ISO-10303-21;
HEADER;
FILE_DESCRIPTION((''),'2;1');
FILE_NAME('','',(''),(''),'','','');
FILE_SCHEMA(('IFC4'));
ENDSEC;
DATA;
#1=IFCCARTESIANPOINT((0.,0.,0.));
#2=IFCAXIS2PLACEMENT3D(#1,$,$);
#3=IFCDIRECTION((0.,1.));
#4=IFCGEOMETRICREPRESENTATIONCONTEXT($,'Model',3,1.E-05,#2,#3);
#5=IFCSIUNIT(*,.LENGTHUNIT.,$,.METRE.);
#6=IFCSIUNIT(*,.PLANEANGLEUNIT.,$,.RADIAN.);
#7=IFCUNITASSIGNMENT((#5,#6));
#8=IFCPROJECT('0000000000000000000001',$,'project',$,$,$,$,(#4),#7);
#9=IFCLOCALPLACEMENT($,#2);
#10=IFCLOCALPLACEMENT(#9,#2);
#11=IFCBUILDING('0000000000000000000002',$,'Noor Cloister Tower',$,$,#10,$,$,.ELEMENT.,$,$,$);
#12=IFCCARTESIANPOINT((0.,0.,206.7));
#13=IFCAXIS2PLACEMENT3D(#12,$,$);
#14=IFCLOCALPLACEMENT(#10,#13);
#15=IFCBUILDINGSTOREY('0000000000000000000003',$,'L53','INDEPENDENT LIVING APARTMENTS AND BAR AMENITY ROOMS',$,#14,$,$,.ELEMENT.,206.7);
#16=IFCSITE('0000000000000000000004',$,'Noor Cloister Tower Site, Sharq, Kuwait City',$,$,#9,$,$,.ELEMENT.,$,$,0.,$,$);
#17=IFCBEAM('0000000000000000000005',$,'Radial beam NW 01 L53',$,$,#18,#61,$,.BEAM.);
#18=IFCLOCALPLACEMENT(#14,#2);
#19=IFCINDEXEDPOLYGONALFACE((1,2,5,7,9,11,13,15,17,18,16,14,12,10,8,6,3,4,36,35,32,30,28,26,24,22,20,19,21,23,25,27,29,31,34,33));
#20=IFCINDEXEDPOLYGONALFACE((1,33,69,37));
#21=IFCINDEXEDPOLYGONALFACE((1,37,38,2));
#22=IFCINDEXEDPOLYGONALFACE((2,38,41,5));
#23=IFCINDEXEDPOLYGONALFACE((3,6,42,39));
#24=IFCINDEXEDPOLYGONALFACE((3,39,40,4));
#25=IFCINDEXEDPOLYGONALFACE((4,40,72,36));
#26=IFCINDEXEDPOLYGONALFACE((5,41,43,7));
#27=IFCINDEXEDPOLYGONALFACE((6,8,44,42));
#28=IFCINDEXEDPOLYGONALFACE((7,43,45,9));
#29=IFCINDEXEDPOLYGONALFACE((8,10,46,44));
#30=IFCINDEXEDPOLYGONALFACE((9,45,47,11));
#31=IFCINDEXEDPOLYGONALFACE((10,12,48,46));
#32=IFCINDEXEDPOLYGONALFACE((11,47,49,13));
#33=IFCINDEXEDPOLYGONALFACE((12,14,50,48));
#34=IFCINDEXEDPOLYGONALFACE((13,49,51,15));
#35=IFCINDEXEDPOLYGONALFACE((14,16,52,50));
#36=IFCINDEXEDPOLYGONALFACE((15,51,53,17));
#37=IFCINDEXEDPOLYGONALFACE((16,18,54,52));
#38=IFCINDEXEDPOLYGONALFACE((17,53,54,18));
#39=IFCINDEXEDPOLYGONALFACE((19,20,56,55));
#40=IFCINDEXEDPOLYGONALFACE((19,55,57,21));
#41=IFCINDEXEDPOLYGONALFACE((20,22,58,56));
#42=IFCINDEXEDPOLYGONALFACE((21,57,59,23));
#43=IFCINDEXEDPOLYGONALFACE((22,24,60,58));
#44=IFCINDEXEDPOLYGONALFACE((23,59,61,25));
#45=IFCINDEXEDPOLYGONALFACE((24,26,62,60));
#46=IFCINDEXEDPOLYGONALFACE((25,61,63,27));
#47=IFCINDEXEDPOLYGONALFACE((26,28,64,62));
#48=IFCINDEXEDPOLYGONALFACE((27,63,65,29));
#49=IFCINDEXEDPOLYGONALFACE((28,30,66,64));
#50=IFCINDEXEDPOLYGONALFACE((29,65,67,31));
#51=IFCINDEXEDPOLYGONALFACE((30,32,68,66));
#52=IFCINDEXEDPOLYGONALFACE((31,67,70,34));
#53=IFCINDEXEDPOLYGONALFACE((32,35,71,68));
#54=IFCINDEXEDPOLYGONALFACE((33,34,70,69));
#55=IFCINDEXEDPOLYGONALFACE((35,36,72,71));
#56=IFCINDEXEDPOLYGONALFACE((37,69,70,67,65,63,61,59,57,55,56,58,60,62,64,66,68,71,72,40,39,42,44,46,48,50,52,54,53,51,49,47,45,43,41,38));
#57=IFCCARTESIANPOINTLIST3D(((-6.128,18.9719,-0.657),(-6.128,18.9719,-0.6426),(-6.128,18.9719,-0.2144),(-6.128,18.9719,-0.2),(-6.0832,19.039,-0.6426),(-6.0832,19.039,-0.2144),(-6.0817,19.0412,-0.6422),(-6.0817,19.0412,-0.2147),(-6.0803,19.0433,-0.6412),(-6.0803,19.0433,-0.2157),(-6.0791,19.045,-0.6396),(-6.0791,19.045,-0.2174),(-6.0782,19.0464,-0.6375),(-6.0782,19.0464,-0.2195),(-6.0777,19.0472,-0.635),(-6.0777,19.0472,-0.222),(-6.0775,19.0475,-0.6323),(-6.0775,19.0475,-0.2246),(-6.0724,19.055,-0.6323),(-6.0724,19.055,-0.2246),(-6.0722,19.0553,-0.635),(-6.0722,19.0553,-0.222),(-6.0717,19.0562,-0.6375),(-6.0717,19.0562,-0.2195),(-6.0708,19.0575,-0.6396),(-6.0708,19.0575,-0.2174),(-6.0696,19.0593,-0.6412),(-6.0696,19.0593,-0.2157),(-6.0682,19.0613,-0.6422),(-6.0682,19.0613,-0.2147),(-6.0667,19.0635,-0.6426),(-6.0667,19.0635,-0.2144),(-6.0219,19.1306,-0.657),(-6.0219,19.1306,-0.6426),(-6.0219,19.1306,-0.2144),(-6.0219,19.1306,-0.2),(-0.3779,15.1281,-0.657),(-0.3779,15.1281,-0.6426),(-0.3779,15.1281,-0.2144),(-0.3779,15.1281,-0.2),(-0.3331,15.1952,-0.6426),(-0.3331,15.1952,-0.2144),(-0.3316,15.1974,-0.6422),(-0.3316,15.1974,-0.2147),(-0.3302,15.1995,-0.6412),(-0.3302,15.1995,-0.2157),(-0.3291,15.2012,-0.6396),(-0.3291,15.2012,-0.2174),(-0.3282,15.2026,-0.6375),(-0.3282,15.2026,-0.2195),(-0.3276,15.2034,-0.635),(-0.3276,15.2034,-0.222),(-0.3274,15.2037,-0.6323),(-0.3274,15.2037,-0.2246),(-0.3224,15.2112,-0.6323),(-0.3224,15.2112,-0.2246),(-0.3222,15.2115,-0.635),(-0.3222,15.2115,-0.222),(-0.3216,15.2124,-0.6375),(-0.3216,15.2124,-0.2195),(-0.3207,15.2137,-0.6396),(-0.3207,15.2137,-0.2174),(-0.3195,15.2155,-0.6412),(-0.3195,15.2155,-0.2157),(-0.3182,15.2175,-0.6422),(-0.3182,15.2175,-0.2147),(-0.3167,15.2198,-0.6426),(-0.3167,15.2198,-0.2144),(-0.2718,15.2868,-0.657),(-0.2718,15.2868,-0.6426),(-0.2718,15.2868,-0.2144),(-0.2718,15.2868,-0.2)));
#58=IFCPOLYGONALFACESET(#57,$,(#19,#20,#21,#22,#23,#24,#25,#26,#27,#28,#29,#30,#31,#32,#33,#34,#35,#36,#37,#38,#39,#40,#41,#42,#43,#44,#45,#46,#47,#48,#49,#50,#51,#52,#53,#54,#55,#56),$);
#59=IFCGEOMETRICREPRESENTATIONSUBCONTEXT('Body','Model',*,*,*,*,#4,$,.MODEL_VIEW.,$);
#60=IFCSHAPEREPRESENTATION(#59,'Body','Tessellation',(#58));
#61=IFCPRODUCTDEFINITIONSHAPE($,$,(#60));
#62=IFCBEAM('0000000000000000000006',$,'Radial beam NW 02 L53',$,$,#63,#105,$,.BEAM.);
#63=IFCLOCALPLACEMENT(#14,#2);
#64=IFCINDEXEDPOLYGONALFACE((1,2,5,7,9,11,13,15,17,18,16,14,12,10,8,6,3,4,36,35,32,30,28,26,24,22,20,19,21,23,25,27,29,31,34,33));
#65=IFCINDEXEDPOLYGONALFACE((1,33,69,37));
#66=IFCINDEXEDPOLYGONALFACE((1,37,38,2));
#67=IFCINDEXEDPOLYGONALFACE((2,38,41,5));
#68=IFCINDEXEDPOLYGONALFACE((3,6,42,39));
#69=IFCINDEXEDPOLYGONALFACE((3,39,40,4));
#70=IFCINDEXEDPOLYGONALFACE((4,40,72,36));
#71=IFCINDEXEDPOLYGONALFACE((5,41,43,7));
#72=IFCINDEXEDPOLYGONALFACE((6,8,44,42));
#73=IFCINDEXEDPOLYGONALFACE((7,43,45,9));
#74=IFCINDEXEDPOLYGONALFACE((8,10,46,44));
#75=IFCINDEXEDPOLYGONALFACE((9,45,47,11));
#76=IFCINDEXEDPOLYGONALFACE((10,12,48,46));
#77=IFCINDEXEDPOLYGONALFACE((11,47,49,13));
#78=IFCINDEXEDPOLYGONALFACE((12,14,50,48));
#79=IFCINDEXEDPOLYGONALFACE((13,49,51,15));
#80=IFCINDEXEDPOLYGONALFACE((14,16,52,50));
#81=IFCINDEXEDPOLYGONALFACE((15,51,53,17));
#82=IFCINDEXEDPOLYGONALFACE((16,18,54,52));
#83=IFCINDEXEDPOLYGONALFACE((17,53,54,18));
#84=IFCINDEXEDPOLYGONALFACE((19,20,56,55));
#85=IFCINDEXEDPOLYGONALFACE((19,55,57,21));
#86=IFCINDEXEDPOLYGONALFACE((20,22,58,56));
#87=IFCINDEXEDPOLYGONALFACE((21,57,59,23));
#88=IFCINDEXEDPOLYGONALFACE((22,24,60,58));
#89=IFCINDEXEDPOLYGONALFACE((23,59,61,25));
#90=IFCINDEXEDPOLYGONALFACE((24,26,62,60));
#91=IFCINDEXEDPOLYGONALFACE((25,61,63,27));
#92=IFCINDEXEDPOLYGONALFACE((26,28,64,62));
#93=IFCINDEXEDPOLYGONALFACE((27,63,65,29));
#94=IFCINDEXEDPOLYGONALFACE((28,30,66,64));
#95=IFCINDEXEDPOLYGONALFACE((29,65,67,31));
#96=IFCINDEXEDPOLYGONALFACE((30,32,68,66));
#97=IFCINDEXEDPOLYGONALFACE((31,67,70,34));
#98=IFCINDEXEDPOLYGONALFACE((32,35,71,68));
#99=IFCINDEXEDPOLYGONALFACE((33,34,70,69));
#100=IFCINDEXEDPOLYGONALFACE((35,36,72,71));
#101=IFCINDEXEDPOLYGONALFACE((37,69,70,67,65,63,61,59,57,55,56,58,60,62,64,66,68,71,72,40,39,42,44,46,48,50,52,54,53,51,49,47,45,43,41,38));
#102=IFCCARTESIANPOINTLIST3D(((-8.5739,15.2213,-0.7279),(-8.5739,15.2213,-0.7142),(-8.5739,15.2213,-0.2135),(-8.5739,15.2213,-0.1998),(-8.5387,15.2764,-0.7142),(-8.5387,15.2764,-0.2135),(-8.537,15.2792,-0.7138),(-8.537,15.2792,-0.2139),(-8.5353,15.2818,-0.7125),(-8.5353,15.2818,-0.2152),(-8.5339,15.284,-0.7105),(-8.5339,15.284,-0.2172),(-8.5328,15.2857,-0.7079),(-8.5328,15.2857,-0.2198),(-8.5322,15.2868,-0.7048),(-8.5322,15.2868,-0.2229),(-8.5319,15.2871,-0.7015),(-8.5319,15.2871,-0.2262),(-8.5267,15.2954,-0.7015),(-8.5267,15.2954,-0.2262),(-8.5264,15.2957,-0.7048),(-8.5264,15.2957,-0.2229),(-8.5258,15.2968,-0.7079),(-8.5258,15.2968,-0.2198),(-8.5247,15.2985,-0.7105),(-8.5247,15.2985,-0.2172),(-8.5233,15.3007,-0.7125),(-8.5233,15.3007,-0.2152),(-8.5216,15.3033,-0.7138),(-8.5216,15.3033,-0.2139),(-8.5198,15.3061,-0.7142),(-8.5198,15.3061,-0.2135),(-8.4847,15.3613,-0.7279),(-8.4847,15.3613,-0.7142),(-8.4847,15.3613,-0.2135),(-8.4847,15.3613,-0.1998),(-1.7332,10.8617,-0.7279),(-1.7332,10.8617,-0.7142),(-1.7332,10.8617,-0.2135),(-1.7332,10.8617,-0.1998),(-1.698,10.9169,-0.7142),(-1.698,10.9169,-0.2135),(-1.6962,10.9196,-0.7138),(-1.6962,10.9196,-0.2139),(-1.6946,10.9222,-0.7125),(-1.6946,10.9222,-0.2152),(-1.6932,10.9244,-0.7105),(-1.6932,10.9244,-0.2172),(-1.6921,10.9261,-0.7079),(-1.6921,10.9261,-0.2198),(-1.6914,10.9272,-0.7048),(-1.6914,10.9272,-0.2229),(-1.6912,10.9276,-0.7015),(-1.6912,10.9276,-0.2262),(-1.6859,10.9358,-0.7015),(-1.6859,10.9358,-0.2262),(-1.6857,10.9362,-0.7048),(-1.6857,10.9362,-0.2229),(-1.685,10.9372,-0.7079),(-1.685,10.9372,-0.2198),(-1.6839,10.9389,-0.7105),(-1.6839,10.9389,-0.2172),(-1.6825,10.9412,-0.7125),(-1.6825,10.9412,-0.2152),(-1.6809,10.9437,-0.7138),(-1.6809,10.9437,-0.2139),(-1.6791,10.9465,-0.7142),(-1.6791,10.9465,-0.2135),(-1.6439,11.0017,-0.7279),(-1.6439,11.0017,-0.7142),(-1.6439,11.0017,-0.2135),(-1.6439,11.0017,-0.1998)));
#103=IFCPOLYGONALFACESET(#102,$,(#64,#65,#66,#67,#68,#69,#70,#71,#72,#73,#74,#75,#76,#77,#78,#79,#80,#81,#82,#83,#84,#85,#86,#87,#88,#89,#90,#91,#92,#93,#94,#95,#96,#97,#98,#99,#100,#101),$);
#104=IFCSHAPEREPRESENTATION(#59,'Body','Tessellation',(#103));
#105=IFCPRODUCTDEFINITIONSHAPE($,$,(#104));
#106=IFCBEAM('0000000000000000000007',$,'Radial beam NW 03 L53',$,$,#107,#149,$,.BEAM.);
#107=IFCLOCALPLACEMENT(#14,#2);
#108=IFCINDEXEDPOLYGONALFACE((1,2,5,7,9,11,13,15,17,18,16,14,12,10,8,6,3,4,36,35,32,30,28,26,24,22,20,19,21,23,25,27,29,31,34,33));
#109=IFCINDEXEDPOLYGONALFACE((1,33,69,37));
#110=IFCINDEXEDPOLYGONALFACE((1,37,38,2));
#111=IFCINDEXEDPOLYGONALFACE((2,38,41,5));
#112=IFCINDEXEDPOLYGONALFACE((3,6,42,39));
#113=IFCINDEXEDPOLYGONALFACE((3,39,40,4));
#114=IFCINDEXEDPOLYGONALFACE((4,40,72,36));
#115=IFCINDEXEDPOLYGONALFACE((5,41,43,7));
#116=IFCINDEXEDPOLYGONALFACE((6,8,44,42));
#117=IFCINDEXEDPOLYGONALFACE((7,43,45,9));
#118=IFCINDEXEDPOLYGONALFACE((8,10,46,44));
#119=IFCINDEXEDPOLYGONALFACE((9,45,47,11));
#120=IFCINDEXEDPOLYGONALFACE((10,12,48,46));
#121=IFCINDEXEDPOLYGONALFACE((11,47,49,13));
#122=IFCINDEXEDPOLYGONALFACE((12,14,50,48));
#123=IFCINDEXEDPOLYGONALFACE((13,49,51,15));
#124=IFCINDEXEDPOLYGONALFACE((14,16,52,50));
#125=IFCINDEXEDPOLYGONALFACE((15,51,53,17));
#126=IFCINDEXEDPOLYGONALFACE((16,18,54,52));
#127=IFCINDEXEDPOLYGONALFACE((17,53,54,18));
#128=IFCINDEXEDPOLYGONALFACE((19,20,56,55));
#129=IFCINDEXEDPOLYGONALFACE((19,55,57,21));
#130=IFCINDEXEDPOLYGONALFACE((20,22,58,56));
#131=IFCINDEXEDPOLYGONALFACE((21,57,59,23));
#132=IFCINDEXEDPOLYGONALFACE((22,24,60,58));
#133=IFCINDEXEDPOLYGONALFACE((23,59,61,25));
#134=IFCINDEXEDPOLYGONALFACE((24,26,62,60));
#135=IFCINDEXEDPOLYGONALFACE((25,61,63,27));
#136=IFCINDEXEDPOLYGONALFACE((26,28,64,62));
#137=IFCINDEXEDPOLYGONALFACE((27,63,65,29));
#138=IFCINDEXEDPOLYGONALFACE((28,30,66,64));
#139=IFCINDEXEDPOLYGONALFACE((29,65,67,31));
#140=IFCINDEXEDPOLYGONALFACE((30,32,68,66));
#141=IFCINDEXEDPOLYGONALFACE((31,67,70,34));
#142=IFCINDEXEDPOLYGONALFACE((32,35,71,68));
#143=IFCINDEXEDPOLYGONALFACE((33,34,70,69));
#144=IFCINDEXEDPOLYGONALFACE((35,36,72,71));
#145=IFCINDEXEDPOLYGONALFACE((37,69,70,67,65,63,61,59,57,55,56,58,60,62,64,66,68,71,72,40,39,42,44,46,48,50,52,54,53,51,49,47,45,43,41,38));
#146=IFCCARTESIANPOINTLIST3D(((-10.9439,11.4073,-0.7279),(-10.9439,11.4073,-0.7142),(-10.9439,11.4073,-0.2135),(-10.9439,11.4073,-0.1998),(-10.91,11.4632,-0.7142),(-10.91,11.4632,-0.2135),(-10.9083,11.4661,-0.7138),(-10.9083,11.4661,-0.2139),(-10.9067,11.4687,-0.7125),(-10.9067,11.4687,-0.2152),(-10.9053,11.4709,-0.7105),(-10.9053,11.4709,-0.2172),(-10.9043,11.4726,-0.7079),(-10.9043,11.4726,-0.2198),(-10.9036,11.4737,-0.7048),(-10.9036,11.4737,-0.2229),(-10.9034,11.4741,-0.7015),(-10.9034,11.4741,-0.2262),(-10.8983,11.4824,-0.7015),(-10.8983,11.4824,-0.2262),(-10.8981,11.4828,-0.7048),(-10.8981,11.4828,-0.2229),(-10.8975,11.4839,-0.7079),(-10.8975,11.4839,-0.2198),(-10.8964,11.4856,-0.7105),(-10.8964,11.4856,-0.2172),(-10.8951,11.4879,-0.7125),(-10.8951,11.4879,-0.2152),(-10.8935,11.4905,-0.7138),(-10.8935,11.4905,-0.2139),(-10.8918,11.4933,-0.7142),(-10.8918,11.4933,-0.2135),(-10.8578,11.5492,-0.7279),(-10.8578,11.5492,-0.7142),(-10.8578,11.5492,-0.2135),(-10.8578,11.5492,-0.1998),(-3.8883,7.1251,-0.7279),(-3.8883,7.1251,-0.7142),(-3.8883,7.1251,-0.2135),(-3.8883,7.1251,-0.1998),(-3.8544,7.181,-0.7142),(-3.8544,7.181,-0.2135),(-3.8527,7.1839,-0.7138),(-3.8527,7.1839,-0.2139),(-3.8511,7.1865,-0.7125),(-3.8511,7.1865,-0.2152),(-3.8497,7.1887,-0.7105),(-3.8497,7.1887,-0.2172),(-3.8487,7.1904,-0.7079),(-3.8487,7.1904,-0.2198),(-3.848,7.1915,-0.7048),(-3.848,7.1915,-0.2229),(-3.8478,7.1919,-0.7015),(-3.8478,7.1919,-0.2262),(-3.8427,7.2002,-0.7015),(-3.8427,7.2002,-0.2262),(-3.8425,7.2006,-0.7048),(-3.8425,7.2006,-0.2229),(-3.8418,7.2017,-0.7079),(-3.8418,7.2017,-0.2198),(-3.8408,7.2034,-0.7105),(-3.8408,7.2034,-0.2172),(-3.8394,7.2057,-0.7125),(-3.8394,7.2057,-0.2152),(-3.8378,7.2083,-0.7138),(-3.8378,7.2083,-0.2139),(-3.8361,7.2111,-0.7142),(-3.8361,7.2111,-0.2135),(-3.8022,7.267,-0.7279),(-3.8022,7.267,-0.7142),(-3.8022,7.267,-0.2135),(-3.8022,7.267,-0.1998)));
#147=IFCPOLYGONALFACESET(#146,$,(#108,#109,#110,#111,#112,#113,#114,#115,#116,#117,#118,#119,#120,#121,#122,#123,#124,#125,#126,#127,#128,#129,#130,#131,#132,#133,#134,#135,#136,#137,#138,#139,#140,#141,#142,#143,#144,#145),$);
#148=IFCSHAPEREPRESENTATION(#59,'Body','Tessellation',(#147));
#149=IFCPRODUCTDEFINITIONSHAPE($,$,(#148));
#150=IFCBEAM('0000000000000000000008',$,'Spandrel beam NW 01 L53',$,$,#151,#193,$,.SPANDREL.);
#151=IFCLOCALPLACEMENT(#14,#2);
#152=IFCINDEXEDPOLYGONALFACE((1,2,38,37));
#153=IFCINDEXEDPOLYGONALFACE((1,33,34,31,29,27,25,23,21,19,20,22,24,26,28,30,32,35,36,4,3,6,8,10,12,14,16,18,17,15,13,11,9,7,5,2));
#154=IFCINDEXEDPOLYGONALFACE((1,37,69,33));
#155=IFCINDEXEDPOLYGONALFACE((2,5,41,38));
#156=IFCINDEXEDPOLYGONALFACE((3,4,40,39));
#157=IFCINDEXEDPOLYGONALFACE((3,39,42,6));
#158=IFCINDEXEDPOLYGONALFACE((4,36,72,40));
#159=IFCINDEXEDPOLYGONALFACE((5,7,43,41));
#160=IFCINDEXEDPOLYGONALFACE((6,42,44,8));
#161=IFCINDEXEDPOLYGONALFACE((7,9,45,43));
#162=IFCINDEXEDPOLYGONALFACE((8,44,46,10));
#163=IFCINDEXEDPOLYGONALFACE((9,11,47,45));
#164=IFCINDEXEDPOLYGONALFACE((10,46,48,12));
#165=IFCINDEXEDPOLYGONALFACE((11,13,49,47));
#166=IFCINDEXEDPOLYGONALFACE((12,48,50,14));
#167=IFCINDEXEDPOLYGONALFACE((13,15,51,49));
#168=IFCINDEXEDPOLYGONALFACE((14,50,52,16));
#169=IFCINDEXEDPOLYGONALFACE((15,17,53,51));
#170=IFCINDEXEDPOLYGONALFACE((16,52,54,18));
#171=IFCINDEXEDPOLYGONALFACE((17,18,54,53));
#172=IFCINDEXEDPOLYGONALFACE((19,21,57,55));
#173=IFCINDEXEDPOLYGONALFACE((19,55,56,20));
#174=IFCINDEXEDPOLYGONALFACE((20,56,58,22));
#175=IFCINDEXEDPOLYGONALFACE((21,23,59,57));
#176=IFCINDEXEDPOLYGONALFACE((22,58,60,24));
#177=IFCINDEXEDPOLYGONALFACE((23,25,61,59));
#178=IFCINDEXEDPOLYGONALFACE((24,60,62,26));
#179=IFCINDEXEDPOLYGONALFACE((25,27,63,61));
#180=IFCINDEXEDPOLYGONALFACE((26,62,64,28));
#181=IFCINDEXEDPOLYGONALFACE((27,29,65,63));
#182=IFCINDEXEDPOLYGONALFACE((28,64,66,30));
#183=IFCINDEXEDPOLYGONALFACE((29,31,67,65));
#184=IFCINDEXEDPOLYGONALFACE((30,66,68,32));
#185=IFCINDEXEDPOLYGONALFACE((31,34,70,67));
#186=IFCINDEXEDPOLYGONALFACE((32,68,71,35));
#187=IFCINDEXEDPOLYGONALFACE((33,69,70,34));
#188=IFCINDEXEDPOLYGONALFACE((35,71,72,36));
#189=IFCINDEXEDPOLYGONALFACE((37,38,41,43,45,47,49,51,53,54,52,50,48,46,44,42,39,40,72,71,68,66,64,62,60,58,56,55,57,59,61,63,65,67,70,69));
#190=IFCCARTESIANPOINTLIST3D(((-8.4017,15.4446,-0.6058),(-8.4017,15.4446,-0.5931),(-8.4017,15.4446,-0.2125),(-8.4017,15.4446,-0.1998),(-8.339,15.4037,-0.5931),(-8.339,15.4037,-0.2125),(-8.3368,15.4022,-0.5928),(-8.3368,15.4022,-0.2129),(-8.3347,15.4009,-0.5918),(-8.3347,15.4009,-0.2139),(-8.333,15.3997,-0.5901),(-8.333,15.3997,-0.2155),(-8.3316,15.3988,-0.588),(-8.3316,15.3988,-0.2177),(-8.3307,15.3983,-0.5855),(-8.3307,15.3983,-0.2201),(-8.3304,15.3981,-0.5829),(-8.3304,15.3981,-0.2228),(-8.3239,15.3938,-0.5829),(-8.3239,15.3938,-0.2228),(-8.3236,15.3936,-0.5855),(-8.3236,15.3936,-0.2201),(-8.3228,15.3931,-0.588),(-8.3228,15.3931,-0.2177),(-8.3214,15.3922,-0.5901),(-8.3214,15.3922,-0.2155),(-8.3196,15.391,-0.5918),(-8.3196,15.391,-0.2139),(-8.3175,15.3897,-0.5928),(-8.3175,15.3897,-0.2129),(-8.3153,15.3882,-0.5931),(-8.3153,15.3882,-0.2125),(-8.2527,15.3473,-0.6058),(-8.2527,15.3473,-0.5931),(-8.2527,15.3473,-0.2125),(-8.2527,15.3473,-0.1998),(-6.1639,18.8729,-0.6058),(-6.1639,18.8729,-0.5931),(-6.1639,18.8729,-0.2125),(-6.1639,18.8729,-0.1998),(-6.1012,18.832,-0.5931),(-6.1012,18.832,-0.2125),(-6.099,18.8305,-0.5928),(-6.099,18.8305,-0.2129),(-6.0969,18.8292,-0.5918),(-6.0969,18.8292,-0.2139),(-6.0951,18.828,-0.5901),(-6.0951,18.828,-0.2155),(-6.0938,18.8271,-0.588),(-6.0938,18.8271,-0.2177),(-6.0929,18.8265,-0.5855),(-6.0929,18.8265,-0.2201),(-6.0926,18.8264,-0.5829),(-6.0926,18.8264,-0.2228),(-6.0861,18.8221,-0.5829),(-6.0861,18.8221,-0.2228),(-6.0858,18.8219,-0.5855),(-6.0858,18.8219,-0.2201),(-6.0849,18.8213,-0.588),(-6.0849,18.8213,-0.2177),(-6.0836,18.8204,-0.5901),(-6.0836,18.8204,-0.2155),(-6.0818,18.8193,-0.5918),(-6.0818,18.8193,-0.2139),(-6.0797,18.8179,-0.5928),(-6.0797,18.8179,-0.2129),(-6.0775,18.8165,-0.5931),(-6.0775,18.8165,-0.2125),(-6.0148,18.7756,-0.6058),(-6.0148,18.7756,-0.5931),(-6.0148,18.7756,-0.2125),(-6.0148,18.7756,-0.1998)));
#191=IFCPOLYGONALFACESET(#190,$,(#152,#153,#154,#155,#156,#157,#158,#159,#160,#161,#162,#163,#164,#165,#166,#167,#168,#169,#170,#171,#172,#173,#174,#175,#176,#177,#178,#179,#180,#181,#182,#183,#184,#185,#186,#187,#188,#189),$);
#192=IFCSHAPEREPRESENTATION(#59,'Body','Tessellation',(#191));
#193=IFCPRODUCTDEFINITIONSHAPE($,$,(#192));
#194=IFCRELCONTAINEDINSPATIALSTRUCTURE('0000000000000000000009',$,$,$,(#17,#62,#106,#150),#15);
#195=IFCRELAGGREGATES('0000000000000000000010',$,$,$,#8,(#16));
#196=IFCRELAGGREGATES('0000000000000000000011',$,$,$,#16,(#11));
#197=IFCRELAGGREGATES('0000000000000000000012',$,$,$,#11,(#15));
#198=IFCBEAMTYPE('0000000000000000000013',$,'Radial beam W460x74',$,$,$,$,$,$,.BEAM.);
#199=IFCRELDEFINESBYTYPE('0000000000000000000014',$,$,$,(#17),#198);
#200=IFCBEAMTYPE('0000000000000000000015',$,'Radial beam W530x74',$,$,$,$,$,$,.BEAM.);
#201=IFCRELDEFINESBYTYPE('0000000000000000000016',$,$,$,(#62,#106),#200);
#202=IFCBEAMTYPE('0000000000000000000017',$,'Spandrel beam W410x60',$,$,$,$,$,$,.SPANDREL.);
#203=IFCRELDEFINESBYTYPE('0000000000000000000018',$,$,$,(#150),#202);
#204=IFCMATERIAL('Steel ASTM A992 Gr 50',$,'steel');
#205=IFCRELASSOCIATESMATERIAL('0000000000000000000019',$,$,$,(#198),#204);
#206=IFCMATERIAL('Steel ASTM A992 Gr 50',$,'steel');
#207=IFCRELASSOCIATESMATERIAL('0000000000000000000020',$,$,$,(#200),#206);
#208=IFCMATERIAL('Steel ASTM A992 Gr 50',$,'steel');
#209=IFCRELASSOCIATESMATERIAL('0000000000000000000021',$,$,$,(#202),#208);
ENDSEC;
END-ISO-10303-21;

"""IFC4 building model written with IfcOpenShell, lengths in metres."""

from ifc_helpers import new_model, si_unit, direction, frame, origin, origin_2d, place, context, subcontext, project, spatial, i_section, extrude, material, material_profile, profile_set, type_object, element, save


model = new_model("IFC4")

# Units and contexts
model_context = context("Model", 3, precision=1e-05, world=origin(), true_north=direction((0.0, 1.0)))
body_context = subcontext(model_context, "Body", "Model", "MODEL_VIEW")
ifc_project = project(units=[si_unit("LENGTHUNIT", "METRE"), si_unit("PLANEANGLEUNIT", "RADIAN")], contexts=[model_context])

# Site, building, storey
site_placement = place(None, origin())
site = spatial("IfcSite", under=ifc_project, at=site_placement, Name="Noor Cloister Tower Site, Sharq, Kuwait City", CompositionType="ELEMENT", RefElevation=0.0)
building_placement = place(site_placement, origin())
building = spatial("IfcBuilding", under=site, at=building_placement, Name="Noor Cloister Tower", CompositionType="ELEMENT")
storey_placement = place(building_placement, frame((0.0, 0.0, 206.7)))
storey = spatial("IfcBuildingStorey", under=building, at=storey_placement, Name="L53", Description="INDEPENDENT LIVING APARTMENTS AND BAR AMENITY ROOMS", CompositionType="ELEMENT", Elevation=206.7)

# Beams
ifc_material_1 = material(Name="Steel ASTM A992 Gr 50", Category="steel")
ifc_material_profile_1 = material_profile(ifc_material_1, i_section(OverallWidth=0.1909, OverallDepth=0.457, WebThickness=0.009, FlangeThickness=0.0144, FilletRadius=0.0103, at=origin_2d()), Name="W460x74")
ifc_profile_set_1 = profile_set([ifc_material_profile_1], Name="Steel ASTM A992 Gr 50")
beam_type_1 = type_object("IfcBeamType", Name="Radial beam W460x74", PredefinedType="BEAM", material=ifc_profile_set_1)
beam_1_placement = place(storey_placement, frame((-6.075, 19.0513, -0.4285), z_axis=(0.831355, -0.555742, 0.0), x_axis=(0.555742, 0.831355, 0.0)))
element("IfcBeam", 1, at=beam_1_placement, inside=storey, type_object=beam_type_1, Name="Radial beam NW 01 L53", PredefinedType="BEAM", context=body_context, shape_type="SweptSolid", body=[
    extrude(i_section(OverallWidth=0.1909, OverallDepth=0.457, WebThickness=0.009, FlangeThickness=0.0144, FilletRadius=0.0103, at=origin_2d()), origin(), (0.0, 0.0, 1.0), 6.9165),
])
ifc_material_2 = material(Name="Steel ASTM A992 Gr 50", Category="steel")
ifc_material_profile_2 = material_profile(ifc_material_2, i_section(OverallWidth=0.166, OverallDepth=0.5281, WebThickness=0.0098, FlangeThickness=0.0137, FilletRadius=0.0127, at=origin_2d()), Name="W530x74")
ifc_profile_set_2 = profile_set([ifc_material_profile_2], Name="Steel ASTM A992 Gr 50")
beam_type_2 = type_object("IfcBeamType", Name="Radial beam W530x74", PredefinedType="BEAM", material=ifc_profile_set_2)
beam_2_placement = place(storey_placement, frame((-8.5293, 15.2913, -0.4639), z_axis=(0.843306, -0.537434, 0.0), x_axis=(0.537434, 0.843306, 0.0)))
element("IfcBeam", 2, at=beam_2_placement, inside=storey, type_object=beam_type_2, Name="Radial beam NW 02 L53", PredefinedType="BEAM", context=body_context, shape_type="SweptSolid", body=[
    extrude(i_section(OverallWidth=0.166, OverallDepth=0.5281, WebThickness=0.0098, FlangeThickness=0.0137, FilletRadius=0.0127, at=origin_2d()), origin(), (0.0, 0.0, 1.0), 8.1118),
])
beam_3_placement = place(storey_placement, frame((-10.9009, 11.4783, -0.4639), z_axis=(0.854872, -0.518839, 0.0), x_axis=(0.518839, 0.854872, 0.0)))
element("IfcBeam", 3, at=beam_3_placement, inside=storey, type_object=beam_type_2, Name="Radial beam NW 03 L53", PredefinedType="BEAM", context=body_context, shape_type="SweptSolid", body=[
    extrude(i_section(OverallWidth=0.166, OverallDepth=0.5281, WebThickness=0.0098, FlangeThickness=0.0137, FilletRadius=0.0127, at=origin_2d()), origin(), (0.0, 0.0, 1.0), 8.2534),
])
ifc_material_3 = material(Name="Steel ASTM A992 Gr 50", Category="steel")
ifc_material_profile_3 = material_profile(ifc_material_3, i_section(OverallWidth=0.178, OverallDepth=0.406, WebThickness=0.0078, FlangeThickness=0.0127, FilletRadius=0.0103, at=origin_2d()), Name="W410x60")
ifc_profile_set_3 = profile_set([ifc_material_profile_3], Name="Steel ASTM A992 Gr 50")
beam_type_3 = type_object("IfcBeamType", Name="Spandrel beam W410x60", PredefinedType="SPANDREL", material=ifc_profile_set_3)
beam_4_placement = place(storey_placement, frame((-6.0894, 18.8242, -0.4028), z_axis=(-0.54661, -0.837387, 0.0), x_axis=(0.837387, -0.54661, 0.0)))
element("IfcBeam", 4, at=beam_4_placement, inside=storey, type_object=beam_type_3, Name="Spandrel beam NW 01 L53", PredefinedType="SPANDREL", context=body_context, shape_type="SweptSolid", body=[
    extrude(i_section(OverallWidth=0.178, OverallDepth=0.406, WebThickness=0.0078, FlangeThickness=0.0127, FilletRadius=0.0103, at=origin_2d()), origin(), (0.0, 0.0, 1.0), 4.094),
])

save(model, "model.ifc")
